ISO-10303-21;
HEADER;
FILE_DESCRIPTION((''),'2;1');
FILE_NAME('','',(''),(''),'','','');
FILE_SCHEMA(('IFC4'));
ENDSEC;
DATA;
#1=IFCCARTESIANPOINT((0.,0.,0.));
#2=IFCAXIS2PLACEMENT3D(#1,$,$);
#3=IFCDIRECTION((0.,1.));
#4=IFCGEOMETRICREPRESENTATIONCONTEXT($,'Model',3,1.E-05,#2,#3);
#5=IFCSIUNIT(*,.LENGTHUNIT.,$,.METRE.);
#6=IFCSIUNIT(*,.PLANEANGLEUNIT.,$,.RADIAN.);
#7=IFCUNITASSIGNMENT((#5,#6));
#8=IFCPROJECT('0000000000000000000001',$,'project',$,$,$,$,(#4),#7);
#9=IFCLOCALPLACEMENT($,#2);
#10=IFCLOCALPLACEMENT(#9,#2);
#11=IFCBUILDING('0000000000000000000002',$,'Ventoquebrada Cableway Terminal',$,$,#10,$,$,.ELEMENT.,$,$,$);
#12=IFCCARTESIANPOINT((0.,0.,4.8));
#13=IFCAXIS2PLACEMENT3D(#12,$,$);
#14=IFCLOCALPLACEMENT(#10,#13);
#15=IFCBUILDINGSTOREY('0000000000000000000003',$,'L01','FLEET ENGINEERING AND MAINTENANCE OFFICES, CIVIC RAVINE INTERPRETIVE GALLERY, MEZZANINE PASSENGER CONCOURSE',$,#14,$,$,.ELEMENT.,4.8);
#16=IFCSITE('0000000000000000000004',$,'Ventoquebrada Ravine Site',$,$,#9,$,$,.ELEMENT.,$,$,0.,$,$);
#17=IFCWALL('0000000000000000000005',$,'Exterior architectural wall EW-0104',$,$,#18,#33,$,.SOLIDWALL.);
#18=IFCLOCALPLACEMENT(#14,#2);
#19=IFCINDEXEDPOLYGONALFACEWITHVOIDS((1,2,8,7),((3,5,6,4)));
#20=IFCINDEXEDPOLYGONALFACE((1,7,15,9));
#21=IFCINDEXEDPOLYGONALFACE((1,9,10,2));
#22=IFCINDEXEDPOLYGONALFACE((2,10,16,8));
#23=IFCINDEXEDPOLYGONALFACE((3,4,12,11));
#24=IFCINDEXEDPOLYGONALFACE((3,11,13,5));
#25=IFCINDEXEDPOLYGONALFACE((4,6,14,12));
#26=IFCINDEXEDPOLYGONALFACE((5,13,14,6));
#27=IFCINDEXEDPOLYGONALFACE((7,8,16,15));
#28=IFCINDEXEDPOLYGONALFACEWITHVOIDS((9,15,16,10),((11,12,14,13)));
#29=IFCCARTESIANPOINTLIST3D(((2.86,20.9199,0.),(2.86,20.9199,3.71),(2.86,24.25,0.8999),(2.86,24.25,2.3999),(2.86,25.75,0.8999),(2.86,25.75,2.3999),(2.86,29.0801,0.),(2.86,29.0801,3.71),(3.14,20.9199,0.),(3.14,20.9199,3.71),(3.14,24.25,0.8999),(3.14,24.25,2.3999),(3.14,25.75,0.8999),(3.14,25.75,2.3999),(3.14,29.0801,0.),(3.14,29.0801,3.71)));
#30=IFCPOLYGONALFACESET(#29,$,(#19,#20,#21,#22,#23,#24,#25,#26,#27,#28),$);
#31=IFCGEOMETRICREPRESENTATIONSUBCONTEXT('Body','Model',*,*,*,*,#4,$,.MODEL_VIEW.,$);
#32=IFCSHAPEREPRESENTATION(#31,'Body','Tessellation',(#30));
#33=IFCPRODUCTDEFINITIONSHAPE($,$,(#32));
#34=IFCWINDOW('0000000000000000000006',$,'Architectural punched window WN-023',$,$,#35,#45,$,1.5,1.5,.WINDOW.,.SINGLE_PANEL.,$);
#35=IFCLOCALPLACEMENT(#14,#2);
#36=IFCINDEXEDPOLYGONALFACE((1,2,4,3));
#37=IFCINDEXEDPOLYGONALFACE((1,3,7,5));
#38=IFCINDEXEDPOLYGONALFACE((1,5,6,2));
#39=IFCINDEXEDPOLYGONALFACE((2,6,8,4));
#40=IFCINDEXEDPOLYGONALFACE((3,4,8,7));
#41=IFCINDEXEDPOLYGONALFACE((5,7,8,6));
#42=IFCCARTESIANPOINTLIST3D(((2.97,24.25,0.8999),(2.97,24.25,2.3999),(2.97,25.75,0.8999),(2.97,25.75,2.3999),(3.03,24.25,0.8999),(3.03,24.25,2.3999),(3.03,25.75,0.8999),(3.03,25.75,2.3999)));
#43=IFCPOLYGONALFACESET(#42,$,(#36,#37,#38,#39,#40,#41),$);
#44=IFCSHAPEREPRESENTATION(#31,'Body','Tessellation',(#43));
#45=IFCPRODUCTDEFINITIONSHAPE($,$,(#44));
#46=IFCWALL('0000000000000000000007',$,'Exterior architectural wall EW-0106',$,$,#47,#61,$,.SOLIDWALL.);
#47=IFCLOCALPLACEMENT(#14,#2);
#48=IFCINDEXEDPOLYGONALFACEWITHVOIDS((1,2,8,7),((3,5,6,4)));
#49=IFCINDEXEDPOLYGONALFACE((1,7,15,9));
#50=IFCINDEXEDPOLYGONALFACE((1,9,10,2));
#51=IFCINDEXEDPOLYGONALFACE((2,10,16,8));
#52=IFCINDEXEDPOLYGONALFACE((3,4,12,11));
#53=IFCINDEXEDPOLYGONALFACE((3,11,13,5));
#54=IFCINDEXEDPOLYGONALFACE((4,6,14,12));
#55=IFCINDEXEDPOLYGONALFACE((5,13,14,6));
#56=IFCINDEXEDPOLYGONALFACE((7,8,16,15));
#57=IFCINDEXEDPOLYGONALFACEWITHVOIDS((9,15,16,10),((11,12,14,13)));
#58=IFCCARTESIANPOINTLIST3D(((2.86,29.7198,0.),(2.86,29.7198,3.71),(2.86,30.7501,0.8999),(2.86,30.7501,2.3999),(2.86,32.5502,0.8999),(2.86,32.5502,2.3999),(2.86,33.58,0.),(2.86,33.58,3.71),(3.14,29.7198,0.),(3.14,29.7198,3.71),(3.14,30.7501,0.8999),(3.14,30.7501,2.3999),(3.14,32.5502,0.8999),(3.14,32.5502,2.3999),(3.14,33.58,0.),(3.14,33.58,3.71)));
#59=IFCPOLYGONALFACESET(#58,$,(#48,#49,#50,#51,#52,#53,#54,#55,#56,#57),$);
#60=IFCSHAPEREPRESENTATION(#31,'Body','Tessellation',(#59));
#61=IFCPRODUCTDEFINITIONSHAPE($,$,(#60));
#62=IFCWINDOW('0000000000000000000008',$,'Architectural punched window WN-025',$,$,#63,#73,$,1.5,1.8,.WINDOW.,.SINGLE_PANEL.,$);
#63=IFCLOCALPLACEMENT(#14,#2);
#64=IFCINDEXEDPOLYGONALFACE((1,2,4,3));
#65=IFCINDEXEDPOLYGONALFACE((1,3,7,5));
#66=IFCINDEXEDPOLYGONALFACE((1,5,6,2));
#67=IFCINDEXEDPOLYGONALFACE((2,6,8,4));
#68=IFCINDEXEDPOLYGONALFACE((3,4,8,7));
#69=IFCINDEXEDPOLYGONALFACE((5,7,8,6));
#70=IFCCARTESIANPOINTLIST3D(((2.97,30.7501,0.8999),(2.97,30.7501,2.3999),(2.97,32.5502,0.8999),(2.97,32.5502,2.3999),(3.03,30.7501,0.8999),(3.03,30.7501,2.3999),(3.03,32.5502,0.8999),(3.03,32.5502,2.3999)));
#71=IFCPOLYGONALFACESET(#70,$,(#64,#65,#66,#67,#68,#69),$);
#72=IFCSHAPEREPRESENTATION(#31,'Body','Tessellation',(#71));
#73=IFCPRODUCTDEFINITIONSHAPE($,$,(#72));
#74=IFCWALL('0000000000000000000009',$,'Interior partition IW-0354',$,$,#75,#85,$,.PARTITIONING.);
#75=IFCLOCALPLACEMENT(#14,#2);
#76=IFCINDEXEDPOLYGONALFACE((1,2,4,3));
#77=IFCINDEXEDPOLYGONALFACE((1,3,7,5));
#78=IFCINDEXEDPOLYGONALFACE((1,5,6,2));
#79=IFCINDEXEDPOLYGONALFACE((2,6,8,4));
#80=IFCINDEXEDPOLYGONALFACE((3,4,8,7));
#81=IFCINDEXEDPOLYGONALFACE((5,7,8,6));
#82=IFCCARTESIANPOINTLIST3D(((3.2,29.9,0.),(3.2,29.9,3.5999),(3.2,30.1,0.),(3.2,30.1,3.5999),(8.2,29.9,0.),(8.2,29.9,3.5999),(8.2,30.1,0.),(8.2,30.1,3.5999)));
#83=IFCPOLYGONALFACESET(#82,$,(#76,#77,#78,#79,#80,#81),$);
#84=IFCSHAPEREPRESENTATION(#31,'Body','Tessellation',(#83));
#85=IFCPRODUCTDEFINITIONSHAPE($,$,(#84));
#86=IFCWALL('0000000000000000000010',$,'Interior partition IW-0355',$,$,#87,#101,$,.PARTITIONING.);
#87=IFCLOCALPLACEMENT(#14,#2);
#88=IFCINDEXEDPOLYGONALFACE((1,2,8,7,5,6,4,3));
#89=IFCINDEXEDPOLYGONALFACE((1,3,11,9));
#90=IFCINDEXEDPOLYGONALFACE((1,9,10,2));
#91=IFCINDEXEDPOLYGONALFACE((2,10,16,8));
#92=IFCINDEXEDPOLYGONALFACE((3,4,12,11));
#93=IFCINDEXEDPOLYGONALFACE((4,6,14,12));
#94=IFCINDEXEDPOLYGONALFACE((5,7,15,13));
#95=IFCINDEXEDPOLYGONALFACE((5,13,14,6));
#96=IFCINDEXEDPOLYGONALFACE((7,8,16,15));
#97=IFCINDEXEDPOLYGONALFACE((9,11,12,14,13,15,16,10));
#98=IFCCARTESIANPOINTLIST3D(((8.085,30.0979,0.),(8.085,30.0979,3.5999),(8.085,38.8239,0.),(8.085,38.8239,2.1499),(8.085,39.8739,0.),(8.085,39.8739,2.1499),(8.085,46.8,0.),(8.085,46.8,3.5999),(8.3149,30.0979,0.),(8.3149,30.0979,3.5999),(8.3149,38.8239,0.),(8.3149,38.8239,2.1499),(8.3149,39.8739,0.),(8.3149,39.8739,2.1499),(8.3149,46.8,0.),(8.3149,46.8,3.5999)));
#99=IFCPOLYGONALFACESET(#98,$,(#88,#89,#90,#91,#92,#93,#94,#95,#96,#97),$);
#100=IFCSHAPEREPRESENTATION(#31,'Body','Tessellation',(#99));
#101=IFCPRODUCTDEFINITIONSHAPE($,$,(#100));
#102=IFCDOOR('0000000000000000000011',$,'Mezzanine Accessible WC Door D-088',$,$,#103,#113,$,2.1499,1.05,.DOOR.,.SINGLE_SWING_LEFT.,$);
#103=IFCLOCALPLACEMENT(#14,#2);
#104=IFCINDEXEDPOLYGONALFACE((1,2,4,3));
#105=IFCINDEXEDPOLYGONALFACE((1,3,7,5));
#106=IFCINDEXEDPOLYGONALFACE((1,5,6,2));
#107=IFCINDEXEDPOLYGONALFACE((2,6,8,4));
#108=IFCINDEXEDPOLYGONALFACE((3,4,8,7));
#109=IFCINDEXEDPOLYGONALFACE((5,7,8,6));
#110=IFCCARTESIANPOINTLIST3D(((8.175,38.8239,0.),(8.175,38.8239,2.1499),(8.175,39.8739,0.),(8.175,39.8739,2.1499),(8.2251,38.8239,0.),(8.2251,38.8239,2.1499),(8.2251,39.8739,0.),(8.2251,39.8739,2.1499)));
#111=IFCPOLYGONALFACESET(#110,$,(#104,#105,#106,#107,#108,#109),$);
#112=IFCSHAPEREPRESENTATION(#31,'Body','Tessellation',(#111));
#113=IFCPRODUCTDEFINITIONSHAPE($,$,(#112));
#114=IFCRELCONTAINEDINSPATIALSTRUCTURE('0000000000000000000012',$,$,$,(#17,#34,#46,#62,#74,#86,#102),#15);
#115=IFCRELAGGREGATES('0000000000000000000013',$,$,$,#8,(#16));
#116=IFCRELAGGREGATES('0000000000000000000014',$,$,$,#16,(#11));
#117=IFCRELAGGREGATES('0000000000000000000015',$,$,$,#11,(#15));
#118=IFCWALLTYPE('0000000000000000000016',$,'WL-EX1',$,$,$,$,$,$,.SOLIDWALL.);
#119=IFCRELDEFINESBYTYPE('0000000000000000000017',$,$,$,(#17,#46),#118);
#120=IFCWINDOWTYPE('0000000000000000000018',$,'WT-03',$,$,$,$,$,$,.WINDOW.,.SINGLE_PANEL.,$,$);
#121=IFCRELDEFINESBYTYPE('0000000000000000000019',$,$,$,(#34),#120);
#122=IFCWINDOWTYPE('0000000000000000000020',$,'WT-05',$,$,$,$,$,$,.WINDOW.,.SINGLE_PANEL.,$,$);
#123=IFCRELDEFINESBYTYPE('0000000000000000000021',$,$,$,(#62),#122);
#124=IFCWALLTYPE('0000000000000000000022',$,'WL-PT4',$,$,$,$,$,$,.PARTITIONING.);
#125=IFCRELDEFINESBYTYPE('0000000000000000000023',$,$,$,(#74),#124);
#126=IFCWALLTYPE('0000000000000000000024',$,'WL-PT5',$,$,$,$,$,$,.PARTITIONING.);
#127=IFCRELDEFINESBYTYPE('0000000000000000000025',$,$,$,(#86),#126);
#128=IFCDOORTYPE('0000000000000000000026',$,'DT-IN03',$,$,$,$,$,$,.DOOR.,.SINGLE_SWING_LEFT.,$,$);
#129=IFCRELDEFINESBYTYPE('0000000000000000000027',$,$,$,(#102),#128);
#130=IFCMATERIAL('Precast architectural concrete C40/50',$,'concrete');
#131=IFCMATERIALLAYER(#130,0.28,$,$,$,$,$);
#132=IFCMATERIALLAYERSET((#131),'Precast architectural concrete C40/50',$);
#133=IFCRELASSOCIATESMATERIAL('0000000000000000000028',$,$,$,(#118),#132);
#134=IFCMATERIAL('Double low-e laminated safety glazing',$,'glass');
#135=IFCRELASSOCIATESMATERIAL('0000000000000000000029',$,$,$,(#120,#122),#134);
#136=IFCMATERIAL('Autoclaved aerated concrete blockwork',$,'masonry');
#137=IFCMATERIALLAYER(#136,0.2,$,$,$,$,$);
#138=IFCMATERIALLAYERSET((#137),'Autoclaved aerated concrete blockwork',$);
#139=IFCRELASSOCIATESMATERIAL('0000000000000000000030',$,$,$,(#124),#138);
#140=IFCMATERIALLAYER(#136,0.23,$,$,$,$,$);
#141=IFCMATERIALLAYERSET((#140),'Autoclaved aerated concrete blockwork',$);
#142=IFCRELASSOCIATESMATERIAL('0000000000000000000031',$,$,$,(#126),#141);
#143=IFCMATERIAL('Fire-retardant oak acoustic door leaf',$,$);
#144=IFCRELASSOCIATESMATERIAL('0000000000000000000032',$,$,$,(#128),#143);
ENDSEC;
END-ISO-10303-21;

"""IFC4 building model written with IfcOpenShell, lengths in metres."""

from ifc_helpers import new_model, si_unit, direction, frame, frame_2d, origin, place, context, subcontext, project, spatial, rectangle, extrude, material, layer, layer_set, type_object, element, fill, save


model = new_model("IFC4")

# Units and contexts
model_context = context("Model", 3, precision=1e-05, world=origin(), true_north=direction((0.0, 1.0)))
body_context = subcontext(model_context, "Body", "Model", "MODEL_VIEW")
ifc_project = project(units=[si_unit("LENGTHUNIT", "METRE"), si_unit("PLANEANGLEUNIT", "RADIAN")], contexts=[model_context])

# Site, building, storey
site_placement = place(None, origin())
site = spatial("IfcSite", under=ifc_project, at=site_placement, Name="Ventoquebrada Ravine Site", CompositionType="ELEMENT", RefElevation=0.0)
building_placement = place(site_placement, origin())
building = spatial("IfcBuilding", under=site, at=building_placement, Name="Ventoquebrada Cableway Terminal", CompositionType="ELEMENT")
storey_placement = place(building_placement, frame((0.0, 0.0, 4.8)))
storey = spatial("IfcBuildingStorey", under=building, at=storey_placement, Name="L01", Description="FLEET ENGINEERING AND MAINTENANCE OFFICES, CIVIC RAVINE INTERPRETIVE GALLERY, MEZZANINE PASSENGER CONCOURSE", CompositionType="ELEMENT", Elevation=4.8)

# Walls, openings, windows
ifc_material_1 = material(Name="Precast architectural concrete C40/50", Category="concrete")
ifc_layer_1 = layer(ifc_material_1, 0.28)
ifc_layer_set_1 = layer_set([ifc_layer_1], Name="Precast architectural concrete C40/50")
wall_type_1 = type_object("IfcWallType", Name="WL-EX1", PredefinedType="SOLIDWALL", material=ifc_layer_set_1)
wall_1_placement = place(storey_placement, frame((3.0, 29.0801, 0.0), z_axis=(0.0, 0.0, 1.0), x_axis=(0.0, -1.0, 0.0)))
wall_1 = element("IfcWall", 1, at=wall_1_placement, inside=storey, type_object=wall_type_1, Name="Exterior architectural wall EW-0104", PredefinedType="SOLIDWALL", context=body_context, shape_type="SweptSolid", body=[
    extrude(rectangle(XDim=8.1602, YDim=0.28, at=frame_2d((4.0801, 0.0))), origin(), (0.0, 0.0, 1.0), 3.71),
])
opening_1_placement = place(wall_1_placement, frame((3.3301, 0.0, 0.8999)))
opening_1 = element("IfcOpeningElement", 2, at=opening_1_placement, cuts=wall_1, PredefinedType="OPENING", context=body_context, shape_type="SweptSolid", body=[
    extrude(rectangle(XDim=1.5, YDim=1.5, at=frame_2d((0.75, 0.75))), frame((0.0, 0.1499, 0.0), z_axis=(0.0, -1.0, 0.0), x_axis=(1.0, 0.0, 0.0)), (0.0, 0.0, 1.0), 0.3),
])
ifc_material_2 = material(Name="Double low-e laminated safety glazing", Category="glass")
window_type_1 = type_object("IfcWindowType", Name="WT-03", PartitioningType="SINGLE_PANEL", PredefinedType="WINDOW", material=ifc_material_2)
window_1_placement = place(opening_1_placement, origin())
window_1 = element("IfcWindow", 3, at=window_1_placement, inside=storey, type_object=window_type_1, Name="Architectural punched window WN-023", OverallHeight=1.5, OverallWidth=1.5, PartitioningType="SINGLE_PANEL", PredefinedType="WINDOW", context=body_context, shape_type="SweptSolid", body=[
    extrude(rectangle(XDim=1.5, YDim=1.5, at=frame_2d((0.75, 0.75))), frame((0.0, 0.03, 0.0), z_axis=(0.0, -1.0, 0.0), x_axis=(1.0, 0.0, 0.0)), (0.0, 0.0, 1.0), 0.0601),
])
fill(opening_1, window_1)
wall_2_placement = place(storey_placement, frame((3.0, 33.5801, 0.0), z_axis=(0.0, 0.0, 1.0), x_axis=(0.0, -1.0, 0.0)))
wall_2 = element("IfcWall", 4, at=wall_2_placement, inside=storey, type_object=wall_type_1, Name="Exterior architectural wall EW-0106", PredefinedType="SOLIDWALL", context=body_context, shape_type="SweptSolid", body=[
    extrude(rectangle(XDim=3.8601, YDim=0.28, at=frame_2d((1.9302, 0.0))), origin(), (0.0, 0.0, 1.0), 3.71),
])
opening_2_placement = place(wall_2_placement, frame((1.03, 0.0, 0.8999)))
opening_2 = element("IfcOpeningElement", 5, at=opening_2_placement, cuts=wall_2, PredefinedType="OPENING", context=body_context, shape_type="SweptSolid", body=[
    extrude(rectangle(XDim=1.8, YDim=1.5, at=frame_2d((0.8999, 0.75))), frame((0.0, 0.1499, 0.0), z_axis=(0.0, -1.0, 0.0), x_axis=(1.0, 0.0, 0.0)), (0.0, 0.0, 1.0), 0.3),
])
window_type_2 = type_object("IfcWindowType", Name="WT-05", PartitioningType="SINGLE_PANEL", PredefinedType="WINDOW", material=ifc_material_2)
window_2_placement = place(opening_2_placement, origin())
window_2 = element("IfcWindow", 6, at=window_2_placement, inside=storey, type_object=window_type_2, Name="Architectural punched window WN-025", OverallHeight=1.5, OverallWidth=1.8, PartitioningType="SINGLE_PANEL", PredefinedType="WINDOW", context=body_context, shape_type="SweptSolid", body=[
    extrude(rectangle(XDim=1.8, YDim=1.5, at=frame_2d((0.8999, 0.75))), frame((0.0, 0.03, 0.0), z_axis=(0.0, -1.0, 0.0), x_axis=(1.0, 0.0, 0.0)), (0.0, 0.0, 1.0), 0.0601),
])
fill(opening_2, window_2)

# Wall
ifc_material_3 = material(Name="Autoclaved aerated concrete blockwork", Category="masonry")
ifc_layer_2 = layer(ifc_material_3, 0.2)
ifc_layer_set_2 = layer_set([ifc_layer_2], Name="Autoclaved aerated concrete blockwork")
wall_type_2 = type_object("IfcWallType", Name="WL-PT4", PredefinedType="PARTITIONING", material=ifc_layer_set_2)
wall_3_placement = place(storey_placement, frame((3.2, 30.0, 0.0), z_axis=(0.0, 0.0, 1.0), x_axis=(1.0, 0.0, 0.0)))
element("IfcWall", 7, at=wall_3_placement, inside=storey, type_object=wall_type_2, Name="Interior partition IW-0354", PredefinedType="PARTITIONING", context=body_context, shape_type="SweptSolid", body=[
    extrude(rectangle(XDim=5.0, YDim=0.2, at=frame_2d((2.5, 0.0))), origin(), (0.0, 0.0, 1.0), 3.5999),
])

# Wall, opening, door
ifc_layer_3 = layer(ifc_material_3, 0.23)
ifc_layer_set_3 = layer_set([ifc_layer_3], Name="Autoclaved aerated concrete blockwork")
wall_type_3 = type_object("IfcWallType", Name="WL-PT5", PredefinedType="PARTITIONING", material=ifc_layer_set_3)
wall_4_placement = place(storey_placement, frame((8.2, 30.0979, 0.0), z_axis=(0.0, 0.0, 1.0), x_axis=(0.0, 1.0, 0.0)))
wall_4 = element("IfcWall", 8, at=wall_4_placement, inside=storey, type_object=wall_type_3, Name="Interior partition IW-0355", PredefinedType="PARTITIONING", context=body_context, shape_type="SweptSolid", body=[
    extrude(rectangle(XDim=16.7021, YDim=0.23, at=frame_2d((8.3511, 0.0))), origin(), (0.0, 0.0, 1.0), 3.5999),
])
opening_3_placement = place(wall_4_placement, frame((8.7261, 0.0, 0.0)))
opening_3 = element("IfcOpeningElement", 9, at=opening_3_placement, cuts=wall_4, PredefinedType="OPENING", context=body_context, shape_type="SweptSolid", body=[
    extrude(rectangle(XDim=1.05, YDim=2.1499, at=frame_2d((0.5249, 1.075))), frame((0.0, 0.125, 0.0), z_axis=(0.0, -1.0, 0.0), x_axis=(1.0, 0.0, 0.0)), (0.0, 0.0, 1.0), 0.25),
])
ifc_material_4 = material(Name="Fire-retardant oak acoustic door leaf")
door_type = type_object("IfcDoorType", Name="DT-IN03", OperationType="SINGLE_SWING_LEFT", PredefinedType="DOOR", material=ifc_material_4)
door_placement = place(opening_3_placement, origin())
door = element("IfcDoor", 10, at=door_placement, inside=storey, type_object=door_type, Name="Mezzanine Accessible WC Door D-088", OperationType="SINGLE_SWING_LEFT", OverallHeight=2.1499, OverallWidth=1.05, PredefinedType="DOOR", context=body_context, shape_type="SweptSolid", body=[
    extrude(rectangle(XDim=1.05, YDim=2.1499, at=frame_2d((0.5249, 1.075))), frame((0.0, 0.0249, 0.0), z_axis=(0.0, -1.0, 0.0), x_axis=(1.0, 0.0, 0.0)), (0.0, 0.0, 1.0), 0.05),
])
fill(opening_3, door)

save(model, "model.ifc")
